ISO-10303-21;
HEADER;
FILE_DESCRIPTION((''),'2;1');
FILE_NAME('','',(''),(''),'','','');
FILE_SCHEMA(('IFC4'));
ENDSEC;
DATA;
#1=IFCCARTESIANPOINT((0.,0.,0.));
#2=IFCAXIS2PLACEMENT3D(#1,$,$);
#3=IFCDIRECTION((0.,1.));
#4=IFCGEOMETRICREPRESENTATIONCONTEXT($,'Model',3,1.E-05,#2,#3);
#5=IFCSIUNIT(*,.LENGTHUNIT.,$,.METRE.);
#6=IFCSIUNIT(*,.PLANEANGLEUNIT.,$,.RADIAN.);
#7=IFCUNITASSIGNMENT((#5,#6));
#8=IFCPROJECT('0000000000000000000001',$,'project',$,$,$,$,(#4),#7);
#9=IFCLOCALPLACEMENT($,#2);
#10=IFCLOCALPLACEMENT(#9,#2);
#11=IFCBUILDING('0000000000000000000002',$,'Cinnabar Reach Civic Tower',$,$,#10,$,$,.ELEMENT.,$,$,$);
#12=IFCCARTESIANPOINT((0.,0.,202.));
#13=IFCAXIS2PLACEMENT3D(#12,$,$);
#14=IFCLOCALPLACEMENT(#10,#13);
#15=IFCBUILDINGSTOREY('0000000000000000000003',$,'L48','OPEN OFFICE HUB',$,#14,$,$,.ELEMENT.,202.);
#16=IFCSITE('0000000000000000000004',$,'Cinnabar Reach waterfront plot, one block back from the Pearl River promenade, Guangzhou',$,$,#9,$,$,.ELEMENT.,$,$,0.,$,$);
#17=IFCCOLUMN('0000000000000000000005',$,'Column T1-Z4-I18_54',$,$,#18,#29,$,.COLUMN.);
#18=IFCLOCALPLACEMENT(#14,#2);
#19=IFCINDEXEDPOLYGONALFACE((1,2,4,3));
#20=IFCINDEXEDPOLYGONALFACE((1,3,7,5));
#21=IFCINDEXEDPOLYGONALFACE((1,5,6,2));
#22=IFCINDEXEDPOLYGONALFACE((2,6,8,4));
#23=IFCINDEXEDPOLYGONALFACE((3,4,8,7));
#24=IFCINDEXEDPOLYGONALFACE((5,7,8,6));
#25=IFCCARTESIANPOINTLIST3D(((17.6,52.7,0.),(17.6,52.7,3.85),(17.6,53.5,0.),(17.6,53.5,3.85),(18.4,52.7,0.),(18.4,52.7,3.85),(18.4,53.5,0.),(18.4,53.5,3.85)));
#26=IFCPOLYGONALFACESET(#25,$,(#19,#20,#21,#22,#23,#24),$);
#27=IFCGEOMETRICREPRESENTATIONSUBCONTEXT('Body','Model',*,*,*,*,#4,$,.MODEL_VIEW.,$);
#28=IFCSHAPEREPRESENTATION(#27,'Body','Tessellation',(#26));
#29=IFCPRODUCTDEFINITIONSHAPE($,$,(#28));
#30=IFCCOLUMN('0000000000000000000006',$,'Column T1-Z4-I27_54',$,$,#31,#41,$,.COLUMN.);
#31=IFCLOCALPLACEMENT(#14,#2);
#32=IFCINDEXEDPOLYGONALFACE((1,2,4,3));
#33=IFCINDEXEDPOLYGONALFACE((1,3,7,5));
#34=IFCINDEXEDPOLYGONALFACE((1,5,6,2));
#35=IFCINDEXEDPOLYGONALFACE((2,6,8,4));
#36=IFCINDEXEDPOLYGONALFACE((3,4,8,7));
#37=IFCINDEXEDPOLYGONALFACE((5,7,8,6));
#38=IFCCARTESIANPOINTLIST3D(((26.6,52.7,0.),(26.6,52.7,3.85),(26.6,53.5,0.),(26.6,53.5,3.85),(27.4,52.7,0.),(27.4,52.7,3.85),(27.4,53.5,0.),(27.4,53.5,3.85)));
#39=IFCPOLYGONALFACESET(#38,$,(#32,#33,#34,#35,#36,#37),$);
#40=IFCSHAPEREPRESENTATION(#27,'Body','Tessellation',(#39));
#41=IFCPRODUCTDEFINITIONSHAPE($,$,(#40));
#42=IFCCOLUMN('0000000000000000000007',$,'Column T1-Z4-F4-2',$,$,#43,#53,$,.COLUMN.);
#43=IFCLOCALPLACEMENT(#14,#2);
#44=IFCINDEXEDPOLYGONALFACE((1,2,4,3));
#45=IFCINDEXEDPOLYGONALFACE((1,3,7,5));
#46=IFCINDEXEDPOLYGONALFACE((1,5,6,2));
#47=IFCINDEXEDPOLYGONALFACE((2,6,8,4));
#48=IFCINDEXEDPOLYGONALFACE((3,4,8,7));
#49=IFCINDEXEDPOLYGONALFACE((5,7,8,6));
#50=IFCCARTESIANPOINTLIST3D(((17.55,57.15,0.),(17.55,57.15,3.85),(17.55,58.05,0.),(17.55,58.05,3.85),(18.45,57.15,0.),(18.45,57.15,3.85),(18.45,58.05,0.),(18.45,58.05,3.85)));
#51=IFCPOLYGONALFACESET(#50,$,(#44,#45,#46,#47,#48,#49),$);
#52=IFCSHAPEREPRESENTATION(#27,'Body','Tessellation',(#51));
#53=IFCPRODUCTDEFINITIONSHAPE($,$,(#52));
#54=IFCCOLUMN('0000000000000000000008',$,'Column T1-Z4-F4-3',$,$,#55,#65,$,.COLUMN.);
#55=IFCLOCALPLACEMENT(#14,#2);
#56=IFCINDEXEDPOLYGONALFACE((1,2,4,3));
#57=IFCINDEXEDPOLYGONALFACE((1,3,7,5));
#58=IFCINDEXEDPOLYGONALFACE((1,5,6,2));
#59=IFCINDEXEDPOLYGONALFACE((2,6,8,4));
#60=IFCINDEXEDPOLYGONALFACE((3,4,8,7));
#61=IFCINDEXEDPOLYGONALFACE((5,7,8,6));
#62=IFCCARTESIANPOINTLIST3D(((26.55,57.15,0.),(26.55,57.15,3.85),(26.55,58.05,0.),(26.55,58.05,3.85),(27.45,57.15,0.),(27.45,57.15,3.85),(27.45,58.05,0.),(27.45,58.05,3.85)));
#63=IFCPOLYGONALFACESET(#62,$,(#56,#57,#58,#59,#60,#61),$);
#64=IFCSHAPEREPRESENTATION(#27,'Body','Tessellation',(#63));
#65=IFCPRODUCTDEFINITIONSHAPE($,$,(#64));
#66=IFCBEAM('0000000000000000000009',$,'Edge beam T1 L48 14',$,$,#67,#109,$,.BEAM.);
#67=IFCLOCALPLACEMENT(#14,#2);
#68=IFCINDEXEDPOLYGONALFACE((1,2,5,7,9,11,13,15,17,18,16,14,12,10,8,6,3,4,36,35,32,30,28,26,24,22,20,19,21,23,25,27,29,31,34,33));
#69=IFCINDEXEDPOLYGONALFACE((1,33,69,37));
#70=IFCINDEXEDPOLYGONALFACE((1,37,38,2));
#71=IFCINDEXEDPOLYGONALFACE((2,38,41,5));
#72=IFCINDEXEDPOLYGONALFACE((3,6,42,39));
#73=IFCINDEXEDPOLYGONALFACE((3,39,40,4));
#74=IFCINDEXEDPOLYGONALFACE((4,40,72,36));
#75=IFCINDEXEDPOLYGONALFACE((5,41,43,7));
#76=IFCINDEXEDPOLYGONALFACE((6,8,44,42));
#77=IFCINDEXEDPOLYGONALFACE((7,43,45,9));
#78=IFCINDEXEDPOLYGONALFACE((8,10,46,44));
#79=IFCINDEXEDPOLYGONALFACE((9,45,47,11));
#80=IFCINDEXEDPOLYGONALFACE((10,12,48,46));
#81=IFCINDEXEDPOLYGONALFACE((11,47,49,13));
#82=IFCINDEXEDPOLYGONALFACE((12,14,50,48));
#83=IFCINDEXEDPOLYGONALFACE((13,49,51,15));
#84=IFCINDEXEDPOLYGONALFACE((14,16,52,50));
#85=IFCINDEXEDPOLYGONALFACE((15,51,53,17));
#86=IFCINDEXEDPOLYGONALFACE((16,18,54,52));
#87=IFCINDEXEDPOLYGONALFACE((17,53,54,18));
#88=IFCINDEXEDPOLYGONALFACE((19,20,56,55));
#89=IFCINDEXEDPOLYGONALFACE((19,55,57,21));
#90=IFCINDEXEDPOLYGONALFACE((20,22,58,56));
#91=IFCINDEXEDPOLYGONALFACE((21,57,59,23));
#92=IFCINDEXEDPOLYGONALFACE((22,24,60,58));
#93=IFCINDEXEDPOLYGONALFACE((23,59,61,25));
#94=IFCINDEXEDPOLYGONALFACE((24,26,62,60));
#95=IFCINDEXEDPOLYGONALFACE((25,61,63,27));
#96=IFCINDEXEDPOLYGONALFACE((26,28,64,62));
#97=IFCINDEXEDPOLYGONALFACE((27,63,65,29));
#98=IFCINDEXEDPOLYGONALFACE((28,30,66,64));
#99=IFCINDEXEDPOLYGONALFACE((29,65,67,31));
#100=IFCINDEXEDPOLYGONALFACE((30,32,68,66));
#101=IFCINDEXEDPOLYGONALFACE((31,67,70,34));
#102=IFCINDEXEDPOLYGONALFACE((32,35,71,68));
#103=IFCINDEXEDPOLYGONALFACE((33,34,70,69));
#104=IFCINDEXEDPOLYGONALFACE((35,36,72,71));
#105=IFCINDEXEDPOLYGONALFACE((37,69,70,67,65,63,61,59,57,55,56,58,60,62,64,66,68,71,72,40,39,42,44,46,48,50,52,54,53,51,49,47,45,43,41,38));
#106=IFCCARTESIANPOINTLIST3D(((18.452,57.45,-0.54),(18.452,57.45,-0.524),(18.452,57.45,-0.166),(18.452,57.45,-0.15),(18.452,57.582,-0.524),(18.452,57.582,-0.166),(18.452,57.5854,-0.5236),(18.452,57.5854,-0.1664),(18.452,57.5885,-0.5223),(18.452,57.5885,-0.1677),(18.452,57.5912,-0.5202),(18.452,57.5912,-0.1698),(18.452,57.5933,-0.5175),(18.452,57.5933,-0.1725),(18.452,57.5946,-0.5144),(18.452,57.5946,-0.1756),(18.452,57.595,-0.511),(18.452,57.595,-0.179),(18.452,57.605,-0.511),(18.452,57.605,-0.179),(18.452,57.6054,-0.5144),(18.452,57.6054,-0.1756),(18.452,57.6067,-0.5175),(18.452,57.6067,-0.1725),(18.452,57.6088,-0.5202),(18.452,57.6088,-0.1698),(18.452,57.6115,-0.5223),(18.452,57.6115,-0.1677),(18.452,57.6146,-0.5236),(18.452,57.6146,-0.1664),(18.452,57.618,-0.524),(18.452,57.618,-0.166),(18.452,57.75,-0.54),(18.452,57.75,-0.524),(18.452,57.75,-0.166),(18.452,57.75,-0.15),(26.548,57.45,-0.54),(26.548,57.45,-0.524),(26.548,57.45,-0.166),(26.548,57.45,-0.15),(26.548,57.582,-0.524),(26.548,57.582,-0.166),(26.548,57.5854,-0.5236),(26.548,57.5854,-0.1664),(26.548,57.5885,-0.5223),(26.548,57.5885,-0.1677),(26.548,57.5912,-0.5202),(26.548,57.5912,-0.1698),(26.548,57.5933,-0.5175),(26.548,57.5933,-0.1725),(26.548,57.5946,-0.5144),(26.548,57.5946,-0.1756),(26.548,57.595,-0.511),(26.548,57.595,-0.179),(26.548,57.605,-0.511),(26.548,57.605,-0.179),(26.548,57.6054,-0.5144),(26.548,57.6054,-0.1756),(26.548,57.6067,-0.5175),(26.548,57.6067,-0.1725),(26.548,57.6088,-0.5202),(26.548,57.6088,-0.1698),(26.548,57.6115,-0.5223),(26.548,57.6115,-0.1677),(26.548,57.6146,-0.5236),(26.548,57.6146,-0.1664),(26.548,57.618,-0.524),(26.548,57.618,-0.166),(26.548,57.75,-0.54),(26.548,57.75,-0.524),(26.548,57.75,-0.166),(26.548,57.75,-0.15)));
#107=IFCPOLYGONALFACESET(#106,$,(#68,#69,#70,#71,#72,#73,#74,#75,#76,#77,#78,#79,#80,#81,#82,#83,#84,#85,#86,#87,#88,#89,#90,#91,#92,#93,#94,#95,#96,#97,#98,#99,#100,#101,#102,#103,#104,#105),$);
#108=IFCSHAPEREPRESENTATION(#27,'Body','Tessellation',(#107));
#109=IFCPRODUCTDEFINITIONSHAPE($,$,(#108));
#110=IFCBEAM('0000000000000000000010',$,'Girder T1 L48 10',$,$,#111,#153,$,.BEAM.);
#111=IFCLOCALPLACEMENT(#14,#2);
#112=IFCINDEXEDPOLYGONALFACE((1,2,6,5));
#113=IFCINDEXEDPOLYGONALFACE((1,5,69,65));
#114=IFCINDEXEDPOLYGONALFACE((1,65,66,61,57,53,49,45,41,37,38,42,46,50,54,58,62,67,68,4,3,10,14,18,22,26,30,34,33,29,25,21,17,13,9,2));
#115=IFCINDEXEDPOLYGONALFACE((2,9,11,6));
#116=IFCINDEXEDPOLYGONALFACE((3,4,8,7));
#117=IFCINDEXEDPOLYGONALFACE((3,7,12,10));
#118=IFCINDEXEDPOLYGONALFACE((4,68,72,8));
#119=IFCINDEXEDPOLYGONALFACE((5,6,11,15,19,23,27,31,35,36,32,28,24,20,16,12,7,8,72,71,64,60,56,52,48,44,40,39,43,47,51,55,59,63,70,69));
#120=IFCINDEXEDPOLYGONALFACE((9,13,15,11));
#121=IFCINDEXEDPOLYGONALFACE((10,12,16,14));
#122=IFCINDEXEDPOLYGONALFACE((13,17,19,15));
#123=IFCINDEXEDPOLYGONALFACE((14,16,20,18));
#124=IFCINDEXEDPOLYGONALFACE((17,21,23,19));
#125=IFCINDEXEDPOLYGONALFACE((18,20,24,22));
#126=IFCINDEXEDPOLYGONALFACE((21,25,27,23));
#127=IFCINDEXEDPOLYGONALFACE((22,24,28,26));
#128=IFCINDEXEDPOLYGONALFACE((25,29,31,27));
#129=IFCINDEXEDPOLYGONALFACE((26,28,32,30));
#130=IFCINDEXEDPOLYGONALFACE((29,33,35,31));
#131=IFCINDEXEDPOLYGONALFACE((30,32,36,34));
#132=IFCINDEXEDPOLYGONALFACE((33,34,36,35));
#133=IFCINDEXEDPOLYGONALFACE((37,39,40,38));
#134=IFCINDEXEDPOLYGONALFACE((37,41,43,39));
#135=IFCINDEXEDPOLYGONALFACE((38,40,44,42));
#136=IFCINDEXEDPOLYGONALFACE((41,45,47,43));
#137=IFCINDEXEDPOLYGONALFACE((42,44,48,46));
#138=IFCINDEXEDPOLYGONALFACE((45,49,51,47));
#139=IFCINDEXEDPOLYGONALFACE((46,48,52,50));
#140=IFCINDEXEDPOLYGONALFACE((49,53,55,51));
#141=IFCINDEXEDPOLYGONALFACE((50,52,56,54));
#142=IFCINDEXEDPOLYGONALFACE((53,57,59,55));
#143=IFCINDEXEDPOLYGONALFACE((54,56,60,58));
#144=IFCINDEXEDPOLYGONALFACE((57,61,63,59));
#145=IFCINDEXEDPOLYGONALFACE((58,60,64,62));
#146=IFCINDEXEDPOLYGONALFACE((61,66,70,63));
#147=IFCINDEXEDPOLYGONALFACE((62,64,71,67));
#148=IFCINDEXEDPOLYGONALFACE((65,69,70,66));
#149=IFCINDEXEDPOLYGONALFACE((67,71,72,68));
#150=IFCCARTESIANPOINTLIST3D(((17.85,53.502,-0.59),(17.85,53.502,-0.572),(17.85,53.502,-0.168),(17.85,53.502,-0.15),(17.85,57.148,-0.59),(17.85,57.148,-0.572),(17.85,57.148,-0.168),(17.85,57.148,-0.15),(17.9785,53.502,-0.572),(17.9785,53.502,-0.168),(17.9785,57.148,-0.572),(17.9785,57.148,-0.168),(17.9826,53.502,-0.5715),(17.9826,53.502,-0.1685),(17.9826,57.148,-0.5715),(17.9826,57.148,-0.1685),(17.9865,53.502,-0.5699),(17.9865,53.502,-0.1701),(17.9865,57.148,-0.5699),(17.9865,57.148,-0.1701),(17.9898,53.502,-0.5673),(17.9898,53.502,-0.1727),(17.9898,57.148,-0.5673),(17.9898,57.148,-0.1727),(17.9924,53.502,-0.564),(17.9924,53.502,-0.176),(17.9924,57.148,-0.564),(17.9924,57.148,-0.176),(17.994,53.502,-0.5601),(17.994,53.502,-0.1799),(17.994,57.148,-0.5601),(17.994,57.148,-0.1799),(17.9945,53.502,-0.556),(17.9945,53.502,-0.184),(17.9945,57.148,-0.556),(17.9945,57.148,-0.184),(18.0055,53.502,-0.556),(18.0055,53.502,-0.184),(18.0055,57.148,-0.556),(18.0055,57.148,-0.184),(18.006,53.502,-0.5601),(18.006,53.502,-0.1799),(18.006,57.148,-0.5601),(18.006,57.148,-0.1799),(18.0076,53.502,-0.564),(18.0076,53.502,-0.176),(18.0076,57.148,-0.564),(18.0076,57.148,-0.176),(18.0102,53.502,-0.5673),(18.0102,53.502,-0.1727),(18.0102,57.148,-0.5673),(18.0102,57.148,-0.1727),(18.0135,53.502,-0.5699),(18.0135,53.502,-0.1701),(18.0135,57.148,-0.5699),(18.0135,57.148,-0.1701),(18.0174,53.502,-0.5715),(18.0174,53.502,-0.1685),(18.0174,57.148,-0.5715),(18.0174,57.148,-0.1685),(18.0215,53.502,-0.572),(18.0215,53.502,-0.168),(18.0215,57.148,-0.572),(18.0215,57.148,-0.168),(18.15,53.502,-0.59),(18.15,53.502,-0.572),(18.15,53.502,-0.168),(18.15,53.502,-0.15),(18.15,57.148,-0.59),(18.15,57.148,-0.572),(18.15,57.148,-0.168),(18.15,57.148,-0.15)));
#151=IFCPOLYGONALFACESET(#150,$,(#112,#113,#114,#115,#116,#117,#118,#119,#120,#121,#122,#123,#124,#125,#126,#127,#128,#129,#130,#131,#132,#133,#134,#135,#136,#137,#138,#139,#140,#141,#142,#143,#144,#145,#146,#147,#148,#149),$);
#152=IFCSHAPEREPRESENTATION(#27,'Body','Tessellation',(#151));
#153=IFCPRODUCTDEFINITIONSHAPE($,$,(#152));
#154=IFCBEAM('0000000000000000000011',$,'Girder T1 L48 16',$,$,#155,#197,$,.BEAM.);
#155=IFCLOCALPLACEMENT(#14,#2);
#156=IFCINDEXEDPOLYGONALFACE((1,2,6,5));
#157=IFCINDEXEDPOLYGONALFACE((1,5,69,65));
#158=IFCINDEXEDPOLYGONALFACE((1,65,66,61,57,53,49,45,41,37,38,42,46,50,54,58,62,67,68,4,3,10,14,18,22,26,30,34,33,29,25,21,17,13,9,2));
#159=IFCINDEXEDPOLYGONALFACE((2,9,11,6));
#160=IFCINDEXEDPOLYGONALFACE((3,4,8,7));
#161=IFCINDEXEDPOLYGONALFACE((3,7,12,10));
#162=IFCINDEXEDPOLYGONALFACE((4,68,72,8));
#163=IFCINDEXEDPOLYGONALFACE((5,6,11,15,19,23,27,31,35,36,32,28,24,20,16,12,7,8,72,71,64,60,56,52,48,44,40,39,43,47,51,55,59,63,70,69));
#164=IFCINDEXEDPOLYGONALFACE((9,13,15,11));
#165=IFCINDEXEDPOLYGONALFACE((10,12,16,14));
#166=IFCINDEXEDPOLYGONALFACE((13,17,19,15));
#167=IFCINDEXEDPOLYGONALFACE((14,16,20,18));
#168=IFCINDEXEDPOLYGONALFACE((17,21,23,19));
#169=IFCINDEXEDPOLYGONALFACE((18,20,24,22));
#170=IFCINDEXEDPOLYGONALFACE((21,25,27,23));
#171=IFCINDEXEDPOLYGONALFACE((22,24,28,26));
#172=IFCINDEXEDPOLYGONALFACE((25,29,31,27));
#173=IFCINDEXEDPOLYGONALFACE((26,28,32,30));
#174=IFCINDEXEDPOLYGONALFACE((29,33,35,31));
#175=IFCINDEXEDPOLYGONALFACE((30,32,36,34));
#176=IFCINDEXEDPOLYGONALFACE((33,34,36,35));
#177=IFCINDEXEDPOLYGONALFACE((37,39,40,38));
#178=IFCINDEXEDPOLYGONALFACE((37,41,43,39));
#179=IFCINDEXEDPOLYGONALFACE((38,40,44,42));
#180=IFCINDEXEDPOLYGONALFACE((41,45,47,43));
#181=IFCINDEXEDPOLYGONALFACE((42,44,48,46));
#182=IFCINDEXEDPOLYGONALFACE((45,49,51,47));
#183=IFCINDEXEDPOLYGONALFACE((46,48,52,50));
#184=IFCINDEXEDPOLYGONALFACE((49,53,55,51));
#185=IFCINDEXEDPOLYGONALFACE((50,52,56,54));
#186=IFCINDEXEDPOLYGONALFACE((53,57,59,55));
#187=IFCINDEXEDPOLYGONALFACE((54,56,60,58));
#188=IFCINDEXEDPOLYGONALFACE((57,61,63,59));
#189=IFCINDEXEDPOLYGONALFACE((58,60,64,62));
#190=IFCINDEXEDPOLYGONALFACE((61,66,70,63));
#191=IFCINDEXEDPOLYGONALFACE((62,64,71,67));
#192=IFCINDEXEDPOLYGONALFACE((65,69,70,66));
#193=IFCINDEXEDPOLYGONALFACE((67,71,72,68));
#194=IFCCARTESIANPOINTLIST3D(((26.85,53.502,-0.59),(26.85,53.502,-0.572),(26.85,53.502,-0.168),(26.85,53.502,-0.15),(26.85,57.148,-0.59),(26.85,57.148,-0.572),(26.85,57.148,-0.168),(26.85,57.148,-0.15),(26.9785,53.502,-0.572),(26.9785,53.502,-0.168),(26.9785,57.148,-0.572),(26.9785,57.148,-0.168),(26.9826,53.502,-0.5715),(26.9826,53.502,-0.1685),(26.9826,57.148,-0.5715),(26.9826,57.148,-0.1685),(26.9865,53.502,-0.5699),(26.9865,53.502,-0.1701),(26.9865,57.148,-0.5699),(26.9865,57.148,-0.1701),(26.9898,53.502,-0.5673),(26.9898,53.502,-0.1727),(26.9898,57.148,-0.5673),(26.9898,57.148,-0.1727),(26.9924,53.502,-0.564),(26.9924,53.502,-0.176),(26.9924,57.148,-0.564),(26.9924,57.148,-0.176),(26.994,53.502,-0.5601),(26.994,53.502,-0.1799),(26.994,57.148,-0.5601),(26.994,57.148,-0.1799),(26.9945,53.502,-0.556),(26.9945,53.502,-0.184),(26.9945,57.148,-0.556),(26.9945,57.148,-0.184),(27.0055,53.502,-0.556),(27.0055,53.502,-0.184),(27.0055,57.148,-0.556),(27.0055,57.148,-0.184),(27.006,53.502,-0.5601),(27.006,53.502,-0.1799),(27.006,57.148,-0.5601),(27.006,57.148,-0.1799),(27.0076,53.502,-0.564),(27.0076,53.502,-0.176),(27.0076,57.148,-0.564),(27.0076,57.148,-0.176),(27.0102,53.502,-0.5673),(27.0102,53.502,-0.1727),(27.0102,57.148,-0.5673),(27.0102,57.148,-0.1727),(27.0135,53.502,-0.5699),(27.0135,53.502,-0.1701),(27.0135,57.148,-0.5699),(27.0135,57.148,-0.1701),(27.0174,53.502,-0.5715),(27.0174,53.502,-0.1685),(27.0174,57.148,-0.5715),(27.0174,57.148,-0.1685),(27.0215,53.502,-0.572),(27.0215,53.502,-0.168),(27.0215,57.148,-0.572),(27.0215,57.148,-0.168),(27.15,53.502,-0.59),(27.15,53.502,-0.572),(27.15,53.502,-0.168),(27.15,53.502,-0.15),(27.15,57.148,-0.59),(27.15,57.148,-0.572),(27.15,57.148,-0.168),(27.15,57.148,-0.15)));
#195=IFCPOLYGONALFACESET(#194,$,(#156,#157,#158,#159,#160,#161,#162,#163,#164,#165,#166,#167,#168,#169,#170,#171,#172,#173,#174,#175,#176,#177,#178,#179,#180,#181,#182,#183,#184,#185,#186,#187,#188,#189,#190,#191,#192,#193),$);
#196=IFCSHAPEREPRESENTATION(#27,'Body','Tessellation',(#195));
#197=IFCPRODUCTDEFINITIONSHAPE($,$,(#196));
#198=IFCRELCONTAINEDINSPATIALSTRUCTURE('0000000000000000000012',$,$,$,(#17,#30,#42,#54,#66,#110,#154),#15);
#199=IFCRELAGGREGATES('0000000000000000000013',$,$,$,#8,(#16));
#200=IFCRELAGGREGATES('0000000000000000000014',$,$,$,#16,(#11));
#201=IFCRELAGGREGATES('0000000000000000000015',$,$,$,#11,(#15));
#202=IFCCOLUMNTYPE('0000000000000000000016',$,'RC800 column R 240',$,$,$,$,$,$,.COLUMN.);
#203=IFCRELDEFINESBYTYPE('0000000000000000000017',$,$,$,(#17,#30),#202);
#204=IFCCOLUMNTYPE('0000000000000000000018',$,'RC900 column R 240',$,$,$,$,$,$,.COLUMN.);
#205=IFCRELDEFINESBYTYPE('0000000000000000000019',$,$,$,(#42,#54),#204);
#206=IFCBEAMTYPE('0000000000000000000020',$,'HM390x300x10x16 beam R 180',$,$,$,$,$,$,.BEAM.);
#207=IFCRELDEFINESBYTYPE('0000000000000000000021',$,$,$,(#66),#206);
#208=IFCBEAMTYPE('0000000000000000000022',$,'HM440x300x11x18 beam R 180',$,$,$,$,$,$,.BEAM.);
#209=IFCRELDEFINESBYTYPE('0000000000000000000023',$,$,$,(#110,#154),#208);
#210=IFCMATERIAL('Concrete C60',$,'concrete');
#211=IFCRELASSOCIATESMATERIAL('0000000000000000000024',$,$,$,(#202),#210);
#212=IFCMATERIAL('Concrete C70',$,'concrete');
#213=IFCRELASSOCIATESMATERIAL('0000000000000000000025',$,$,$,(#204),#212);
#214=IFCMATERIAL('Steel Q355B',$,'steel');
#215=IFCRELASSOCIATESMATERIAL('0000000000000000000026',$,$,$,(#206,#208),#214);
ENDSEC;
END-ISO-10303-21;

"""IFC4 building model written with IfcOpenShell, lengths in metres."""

from ifc_helpers import new_model, si_unit, direction, frame, origin, origin_2d, place, context, subcontext, project, spatial, rectangle, i_section, extrude, material, material_profile, profile_set, type_object, element, save


model = new_model("IFC4")

# Units and contexts
model_context = context("Model", 3, precision=1e-05, world=origin(), true_north=direction((0.0, 1.0)))
body_context = subcontext(model_context, "Body", "Model", "MODEL_VIEW")
ifc_project = project(units=[si_unit("LENGTHUNIT", "METRE"), si_unit("PLANEANGLEUNIT", "RADIAN")], contexts=[model_context])

# Site, building, storey
site_placement = place(None, origin())
site = spatial("IfcSite", under=ifc_project, at=site_placement, Name="Cinnabar Reach waterfront plot, one block back from the Pearl River promenade, Guangzhou", CompositionType="ELEMENT", RefElevation=0.0)
building_placement = place(site_placement, origin())
building = spatial("IfcBuilding", under=site, at=building_placement, Name="Cinnabar Reach Civic Tower", CompositionType="ELEMENT")
storey_placement = place(building_placement, frame((0.0, 0.0, 202.0)))
storey = spatial("IfcBuildingStorey", under=building, at=storey_placement, Name="L48", Description="OPEN OFFICE HUB", CompositionType="ELEMENT", Elevation=202.0)

# Columns
ifc_material_1 = material(Name="Concrete C60", Category="concrete")
ifc_material_profile_1 = material_profile(ifc_material_1, rectangle(XDim=0.8, YDim=0.8, at=origin_2d()), Name="RC800")
ifc_profile_set_1 = profile_set([ifc_material_profile_1], Name="Concrete C60")
column_type_1 = type_object("IfcColumnType", Name="RC800 column R 240", PredefinedType="COLUMN", material=ifc_profile_set_1)
for number, where, z_axis, x_axis, name in (
    (1, (18.0, 53.1, 0.0), (0.0, 0.0, 1.0), (1.0, 0.0, 0.0), "Column T1-Z4-I18_54"),
    (2, (27.0, 53.1, 0.0), (0.0, 0.0, 1.0), (1.0, 0.0, 0.0), "Column T1-Z4-I27_54"),
):
    element("IfcColumn", number, at=place(storey_placement, frame(where, z_axis=z_axis, x_axis=x_axis)), inside=storey, type_object=column_type_1, Name=name, PredefinedType="COLUMN", context=body_context, shape_type="SweptSolid", body=[
        extrude(rectangle(XDim=0.8, YDim=0.8, at=origin_2d()), origin(), (0.0, 0.0, 1.0), 3.85),
    ])
ifc_material_2 = material(Name="Concrete C70", Category="concrete")
ifc_material_profile_2 = material_profile(ifc_material_2, rectangle(XDim=0.9, YDim=0.9, at=origin_2d()), Name="RC900")
ifc_profile_set_2 = profile_set([ifc_material_profile_2], Name="Concrete C70")
column_type_2 = type_object("IfcColumnType", Name="RC900 column R 240", PredefinedType="COLUMN", material=ifc_profile_set_2)
for number, where, z_axis, x_axis, name in (
    (3, (18.0, 57.6, 0.0), (0.0, 0.0, 1.0), (1.0, 0.0, 0.0), "Column T1-Z4-F4-2"),
    (4, (27.0, 57.6, 0.0), (0.0, 0.0, 1.0), (1.0, 0.0, 0.0), "Column T1-Z4-F4-3"),
):
    element("IfcColumn", number, at=place(storey_placement, frame(where, z_axis=z_axis, x_axis=x_axis)), inside=storey, type_object=column_type_2, Name=name, PredefinedType="COLUMN", context=body_context, shape_type="SweptSolid", body=[
        extrude(rectangle(XDim=0.9, YDim=0.9, at=origin_2d()), origin(), (0.0, 0.0, 1.0), 3.85),
    ])

# Beams
ifc_material_3 = material(Name="Steel Q355B", Category="steel")
ifc_material_profile_3 = material_profile(ifc_material_3, i_section(OverallWidth=0.3, OverallDepth=0.39, WebThickness=0.01, FlangeThickness=0.016, FilletRadius=0.013, at=origin_2d()), Name="HM390x300x10x16")
ifc_profile_set_3 = profile_set([ifc_material_profile_3], Name="Steel Q355B")
beam_type_1 = type_object("IfcBeamType", Name="HM390x300x10x16 beam R 180", PredefinedType="BEAM", material=ifc_profile_set_3)
beam_1_placement = place(storey_placement, frame((26.548, 57.6, -0.345), z_axis=(-1.0, 0.0, 0.0), x_axis=(0.0, -1.0, 0.0)))
element("IfcBeam", 5, at=beam_1_placement, inside=storey, type_object=beam_type_1, Name="Edge beam T1 L48 14", PredefinedType="BEAM", context=body_context, shape_type="SweptSolid", body=[
    extrude(i_section(OverallWidth=0.3, OverallDepth=0.39, WebThickness=0.01, FlangeThickness=0.016, FilletRadius=0.013, at=origin_2d()), origin(), (0.0, 0.0, 1.0), 8.096),
])
ifc_material_profile_4 = material_profile(ifc_material_3, i_section(OverallWidth=0.3, OverallDepth=0.44, WebThickness=0.011, FlangeThickness=0.018, FilletRadius=0.016, at=origin_2d()), Name="HM440x300x11x18")
ifc_profile_set_4 = profile_set([ifc_material_profile_4], Name="Steel Q355B")
beam_type_2 = type_object("IfcBeamType", Name="HM440x300x11x18 beam R 180", PredefinedType="BEAM", material=ifc_profile_set_4)
for number, where, z_axis, x_axis, name in (
    (6, (18.0, 53.502, -0.37), (0.0, 1.0, 0.0), (-1.0, 0.0, 0.0), "Girder T1 L48 10"),
    (7, (27.0, 53.502, -0.37), (0.0, 1.0, 0.0), (-1.0, 0.0, 0.0), "Girder T1 L48 16"),
):
    element("IfcBeam", number, at=place(storey_placement, frame(where, z_axis=z_axis, x_axis=x_axis)), inside=storey, type_object=beam_type_2, Name=name, PredefinedType="BEAM", context=body_context, shape_type="SweptSolid", body=[
        extrude(i_section(OverallWidth=0.3, OverallDepth=0.44, WebThickness=0.011, FlangeThickness=0.018, FilletRadius=0.016, at=origin_2d()), origin(), (0.0, 0.0, 1.0), 3.646),
    ])

save(model, "model.ifc")
